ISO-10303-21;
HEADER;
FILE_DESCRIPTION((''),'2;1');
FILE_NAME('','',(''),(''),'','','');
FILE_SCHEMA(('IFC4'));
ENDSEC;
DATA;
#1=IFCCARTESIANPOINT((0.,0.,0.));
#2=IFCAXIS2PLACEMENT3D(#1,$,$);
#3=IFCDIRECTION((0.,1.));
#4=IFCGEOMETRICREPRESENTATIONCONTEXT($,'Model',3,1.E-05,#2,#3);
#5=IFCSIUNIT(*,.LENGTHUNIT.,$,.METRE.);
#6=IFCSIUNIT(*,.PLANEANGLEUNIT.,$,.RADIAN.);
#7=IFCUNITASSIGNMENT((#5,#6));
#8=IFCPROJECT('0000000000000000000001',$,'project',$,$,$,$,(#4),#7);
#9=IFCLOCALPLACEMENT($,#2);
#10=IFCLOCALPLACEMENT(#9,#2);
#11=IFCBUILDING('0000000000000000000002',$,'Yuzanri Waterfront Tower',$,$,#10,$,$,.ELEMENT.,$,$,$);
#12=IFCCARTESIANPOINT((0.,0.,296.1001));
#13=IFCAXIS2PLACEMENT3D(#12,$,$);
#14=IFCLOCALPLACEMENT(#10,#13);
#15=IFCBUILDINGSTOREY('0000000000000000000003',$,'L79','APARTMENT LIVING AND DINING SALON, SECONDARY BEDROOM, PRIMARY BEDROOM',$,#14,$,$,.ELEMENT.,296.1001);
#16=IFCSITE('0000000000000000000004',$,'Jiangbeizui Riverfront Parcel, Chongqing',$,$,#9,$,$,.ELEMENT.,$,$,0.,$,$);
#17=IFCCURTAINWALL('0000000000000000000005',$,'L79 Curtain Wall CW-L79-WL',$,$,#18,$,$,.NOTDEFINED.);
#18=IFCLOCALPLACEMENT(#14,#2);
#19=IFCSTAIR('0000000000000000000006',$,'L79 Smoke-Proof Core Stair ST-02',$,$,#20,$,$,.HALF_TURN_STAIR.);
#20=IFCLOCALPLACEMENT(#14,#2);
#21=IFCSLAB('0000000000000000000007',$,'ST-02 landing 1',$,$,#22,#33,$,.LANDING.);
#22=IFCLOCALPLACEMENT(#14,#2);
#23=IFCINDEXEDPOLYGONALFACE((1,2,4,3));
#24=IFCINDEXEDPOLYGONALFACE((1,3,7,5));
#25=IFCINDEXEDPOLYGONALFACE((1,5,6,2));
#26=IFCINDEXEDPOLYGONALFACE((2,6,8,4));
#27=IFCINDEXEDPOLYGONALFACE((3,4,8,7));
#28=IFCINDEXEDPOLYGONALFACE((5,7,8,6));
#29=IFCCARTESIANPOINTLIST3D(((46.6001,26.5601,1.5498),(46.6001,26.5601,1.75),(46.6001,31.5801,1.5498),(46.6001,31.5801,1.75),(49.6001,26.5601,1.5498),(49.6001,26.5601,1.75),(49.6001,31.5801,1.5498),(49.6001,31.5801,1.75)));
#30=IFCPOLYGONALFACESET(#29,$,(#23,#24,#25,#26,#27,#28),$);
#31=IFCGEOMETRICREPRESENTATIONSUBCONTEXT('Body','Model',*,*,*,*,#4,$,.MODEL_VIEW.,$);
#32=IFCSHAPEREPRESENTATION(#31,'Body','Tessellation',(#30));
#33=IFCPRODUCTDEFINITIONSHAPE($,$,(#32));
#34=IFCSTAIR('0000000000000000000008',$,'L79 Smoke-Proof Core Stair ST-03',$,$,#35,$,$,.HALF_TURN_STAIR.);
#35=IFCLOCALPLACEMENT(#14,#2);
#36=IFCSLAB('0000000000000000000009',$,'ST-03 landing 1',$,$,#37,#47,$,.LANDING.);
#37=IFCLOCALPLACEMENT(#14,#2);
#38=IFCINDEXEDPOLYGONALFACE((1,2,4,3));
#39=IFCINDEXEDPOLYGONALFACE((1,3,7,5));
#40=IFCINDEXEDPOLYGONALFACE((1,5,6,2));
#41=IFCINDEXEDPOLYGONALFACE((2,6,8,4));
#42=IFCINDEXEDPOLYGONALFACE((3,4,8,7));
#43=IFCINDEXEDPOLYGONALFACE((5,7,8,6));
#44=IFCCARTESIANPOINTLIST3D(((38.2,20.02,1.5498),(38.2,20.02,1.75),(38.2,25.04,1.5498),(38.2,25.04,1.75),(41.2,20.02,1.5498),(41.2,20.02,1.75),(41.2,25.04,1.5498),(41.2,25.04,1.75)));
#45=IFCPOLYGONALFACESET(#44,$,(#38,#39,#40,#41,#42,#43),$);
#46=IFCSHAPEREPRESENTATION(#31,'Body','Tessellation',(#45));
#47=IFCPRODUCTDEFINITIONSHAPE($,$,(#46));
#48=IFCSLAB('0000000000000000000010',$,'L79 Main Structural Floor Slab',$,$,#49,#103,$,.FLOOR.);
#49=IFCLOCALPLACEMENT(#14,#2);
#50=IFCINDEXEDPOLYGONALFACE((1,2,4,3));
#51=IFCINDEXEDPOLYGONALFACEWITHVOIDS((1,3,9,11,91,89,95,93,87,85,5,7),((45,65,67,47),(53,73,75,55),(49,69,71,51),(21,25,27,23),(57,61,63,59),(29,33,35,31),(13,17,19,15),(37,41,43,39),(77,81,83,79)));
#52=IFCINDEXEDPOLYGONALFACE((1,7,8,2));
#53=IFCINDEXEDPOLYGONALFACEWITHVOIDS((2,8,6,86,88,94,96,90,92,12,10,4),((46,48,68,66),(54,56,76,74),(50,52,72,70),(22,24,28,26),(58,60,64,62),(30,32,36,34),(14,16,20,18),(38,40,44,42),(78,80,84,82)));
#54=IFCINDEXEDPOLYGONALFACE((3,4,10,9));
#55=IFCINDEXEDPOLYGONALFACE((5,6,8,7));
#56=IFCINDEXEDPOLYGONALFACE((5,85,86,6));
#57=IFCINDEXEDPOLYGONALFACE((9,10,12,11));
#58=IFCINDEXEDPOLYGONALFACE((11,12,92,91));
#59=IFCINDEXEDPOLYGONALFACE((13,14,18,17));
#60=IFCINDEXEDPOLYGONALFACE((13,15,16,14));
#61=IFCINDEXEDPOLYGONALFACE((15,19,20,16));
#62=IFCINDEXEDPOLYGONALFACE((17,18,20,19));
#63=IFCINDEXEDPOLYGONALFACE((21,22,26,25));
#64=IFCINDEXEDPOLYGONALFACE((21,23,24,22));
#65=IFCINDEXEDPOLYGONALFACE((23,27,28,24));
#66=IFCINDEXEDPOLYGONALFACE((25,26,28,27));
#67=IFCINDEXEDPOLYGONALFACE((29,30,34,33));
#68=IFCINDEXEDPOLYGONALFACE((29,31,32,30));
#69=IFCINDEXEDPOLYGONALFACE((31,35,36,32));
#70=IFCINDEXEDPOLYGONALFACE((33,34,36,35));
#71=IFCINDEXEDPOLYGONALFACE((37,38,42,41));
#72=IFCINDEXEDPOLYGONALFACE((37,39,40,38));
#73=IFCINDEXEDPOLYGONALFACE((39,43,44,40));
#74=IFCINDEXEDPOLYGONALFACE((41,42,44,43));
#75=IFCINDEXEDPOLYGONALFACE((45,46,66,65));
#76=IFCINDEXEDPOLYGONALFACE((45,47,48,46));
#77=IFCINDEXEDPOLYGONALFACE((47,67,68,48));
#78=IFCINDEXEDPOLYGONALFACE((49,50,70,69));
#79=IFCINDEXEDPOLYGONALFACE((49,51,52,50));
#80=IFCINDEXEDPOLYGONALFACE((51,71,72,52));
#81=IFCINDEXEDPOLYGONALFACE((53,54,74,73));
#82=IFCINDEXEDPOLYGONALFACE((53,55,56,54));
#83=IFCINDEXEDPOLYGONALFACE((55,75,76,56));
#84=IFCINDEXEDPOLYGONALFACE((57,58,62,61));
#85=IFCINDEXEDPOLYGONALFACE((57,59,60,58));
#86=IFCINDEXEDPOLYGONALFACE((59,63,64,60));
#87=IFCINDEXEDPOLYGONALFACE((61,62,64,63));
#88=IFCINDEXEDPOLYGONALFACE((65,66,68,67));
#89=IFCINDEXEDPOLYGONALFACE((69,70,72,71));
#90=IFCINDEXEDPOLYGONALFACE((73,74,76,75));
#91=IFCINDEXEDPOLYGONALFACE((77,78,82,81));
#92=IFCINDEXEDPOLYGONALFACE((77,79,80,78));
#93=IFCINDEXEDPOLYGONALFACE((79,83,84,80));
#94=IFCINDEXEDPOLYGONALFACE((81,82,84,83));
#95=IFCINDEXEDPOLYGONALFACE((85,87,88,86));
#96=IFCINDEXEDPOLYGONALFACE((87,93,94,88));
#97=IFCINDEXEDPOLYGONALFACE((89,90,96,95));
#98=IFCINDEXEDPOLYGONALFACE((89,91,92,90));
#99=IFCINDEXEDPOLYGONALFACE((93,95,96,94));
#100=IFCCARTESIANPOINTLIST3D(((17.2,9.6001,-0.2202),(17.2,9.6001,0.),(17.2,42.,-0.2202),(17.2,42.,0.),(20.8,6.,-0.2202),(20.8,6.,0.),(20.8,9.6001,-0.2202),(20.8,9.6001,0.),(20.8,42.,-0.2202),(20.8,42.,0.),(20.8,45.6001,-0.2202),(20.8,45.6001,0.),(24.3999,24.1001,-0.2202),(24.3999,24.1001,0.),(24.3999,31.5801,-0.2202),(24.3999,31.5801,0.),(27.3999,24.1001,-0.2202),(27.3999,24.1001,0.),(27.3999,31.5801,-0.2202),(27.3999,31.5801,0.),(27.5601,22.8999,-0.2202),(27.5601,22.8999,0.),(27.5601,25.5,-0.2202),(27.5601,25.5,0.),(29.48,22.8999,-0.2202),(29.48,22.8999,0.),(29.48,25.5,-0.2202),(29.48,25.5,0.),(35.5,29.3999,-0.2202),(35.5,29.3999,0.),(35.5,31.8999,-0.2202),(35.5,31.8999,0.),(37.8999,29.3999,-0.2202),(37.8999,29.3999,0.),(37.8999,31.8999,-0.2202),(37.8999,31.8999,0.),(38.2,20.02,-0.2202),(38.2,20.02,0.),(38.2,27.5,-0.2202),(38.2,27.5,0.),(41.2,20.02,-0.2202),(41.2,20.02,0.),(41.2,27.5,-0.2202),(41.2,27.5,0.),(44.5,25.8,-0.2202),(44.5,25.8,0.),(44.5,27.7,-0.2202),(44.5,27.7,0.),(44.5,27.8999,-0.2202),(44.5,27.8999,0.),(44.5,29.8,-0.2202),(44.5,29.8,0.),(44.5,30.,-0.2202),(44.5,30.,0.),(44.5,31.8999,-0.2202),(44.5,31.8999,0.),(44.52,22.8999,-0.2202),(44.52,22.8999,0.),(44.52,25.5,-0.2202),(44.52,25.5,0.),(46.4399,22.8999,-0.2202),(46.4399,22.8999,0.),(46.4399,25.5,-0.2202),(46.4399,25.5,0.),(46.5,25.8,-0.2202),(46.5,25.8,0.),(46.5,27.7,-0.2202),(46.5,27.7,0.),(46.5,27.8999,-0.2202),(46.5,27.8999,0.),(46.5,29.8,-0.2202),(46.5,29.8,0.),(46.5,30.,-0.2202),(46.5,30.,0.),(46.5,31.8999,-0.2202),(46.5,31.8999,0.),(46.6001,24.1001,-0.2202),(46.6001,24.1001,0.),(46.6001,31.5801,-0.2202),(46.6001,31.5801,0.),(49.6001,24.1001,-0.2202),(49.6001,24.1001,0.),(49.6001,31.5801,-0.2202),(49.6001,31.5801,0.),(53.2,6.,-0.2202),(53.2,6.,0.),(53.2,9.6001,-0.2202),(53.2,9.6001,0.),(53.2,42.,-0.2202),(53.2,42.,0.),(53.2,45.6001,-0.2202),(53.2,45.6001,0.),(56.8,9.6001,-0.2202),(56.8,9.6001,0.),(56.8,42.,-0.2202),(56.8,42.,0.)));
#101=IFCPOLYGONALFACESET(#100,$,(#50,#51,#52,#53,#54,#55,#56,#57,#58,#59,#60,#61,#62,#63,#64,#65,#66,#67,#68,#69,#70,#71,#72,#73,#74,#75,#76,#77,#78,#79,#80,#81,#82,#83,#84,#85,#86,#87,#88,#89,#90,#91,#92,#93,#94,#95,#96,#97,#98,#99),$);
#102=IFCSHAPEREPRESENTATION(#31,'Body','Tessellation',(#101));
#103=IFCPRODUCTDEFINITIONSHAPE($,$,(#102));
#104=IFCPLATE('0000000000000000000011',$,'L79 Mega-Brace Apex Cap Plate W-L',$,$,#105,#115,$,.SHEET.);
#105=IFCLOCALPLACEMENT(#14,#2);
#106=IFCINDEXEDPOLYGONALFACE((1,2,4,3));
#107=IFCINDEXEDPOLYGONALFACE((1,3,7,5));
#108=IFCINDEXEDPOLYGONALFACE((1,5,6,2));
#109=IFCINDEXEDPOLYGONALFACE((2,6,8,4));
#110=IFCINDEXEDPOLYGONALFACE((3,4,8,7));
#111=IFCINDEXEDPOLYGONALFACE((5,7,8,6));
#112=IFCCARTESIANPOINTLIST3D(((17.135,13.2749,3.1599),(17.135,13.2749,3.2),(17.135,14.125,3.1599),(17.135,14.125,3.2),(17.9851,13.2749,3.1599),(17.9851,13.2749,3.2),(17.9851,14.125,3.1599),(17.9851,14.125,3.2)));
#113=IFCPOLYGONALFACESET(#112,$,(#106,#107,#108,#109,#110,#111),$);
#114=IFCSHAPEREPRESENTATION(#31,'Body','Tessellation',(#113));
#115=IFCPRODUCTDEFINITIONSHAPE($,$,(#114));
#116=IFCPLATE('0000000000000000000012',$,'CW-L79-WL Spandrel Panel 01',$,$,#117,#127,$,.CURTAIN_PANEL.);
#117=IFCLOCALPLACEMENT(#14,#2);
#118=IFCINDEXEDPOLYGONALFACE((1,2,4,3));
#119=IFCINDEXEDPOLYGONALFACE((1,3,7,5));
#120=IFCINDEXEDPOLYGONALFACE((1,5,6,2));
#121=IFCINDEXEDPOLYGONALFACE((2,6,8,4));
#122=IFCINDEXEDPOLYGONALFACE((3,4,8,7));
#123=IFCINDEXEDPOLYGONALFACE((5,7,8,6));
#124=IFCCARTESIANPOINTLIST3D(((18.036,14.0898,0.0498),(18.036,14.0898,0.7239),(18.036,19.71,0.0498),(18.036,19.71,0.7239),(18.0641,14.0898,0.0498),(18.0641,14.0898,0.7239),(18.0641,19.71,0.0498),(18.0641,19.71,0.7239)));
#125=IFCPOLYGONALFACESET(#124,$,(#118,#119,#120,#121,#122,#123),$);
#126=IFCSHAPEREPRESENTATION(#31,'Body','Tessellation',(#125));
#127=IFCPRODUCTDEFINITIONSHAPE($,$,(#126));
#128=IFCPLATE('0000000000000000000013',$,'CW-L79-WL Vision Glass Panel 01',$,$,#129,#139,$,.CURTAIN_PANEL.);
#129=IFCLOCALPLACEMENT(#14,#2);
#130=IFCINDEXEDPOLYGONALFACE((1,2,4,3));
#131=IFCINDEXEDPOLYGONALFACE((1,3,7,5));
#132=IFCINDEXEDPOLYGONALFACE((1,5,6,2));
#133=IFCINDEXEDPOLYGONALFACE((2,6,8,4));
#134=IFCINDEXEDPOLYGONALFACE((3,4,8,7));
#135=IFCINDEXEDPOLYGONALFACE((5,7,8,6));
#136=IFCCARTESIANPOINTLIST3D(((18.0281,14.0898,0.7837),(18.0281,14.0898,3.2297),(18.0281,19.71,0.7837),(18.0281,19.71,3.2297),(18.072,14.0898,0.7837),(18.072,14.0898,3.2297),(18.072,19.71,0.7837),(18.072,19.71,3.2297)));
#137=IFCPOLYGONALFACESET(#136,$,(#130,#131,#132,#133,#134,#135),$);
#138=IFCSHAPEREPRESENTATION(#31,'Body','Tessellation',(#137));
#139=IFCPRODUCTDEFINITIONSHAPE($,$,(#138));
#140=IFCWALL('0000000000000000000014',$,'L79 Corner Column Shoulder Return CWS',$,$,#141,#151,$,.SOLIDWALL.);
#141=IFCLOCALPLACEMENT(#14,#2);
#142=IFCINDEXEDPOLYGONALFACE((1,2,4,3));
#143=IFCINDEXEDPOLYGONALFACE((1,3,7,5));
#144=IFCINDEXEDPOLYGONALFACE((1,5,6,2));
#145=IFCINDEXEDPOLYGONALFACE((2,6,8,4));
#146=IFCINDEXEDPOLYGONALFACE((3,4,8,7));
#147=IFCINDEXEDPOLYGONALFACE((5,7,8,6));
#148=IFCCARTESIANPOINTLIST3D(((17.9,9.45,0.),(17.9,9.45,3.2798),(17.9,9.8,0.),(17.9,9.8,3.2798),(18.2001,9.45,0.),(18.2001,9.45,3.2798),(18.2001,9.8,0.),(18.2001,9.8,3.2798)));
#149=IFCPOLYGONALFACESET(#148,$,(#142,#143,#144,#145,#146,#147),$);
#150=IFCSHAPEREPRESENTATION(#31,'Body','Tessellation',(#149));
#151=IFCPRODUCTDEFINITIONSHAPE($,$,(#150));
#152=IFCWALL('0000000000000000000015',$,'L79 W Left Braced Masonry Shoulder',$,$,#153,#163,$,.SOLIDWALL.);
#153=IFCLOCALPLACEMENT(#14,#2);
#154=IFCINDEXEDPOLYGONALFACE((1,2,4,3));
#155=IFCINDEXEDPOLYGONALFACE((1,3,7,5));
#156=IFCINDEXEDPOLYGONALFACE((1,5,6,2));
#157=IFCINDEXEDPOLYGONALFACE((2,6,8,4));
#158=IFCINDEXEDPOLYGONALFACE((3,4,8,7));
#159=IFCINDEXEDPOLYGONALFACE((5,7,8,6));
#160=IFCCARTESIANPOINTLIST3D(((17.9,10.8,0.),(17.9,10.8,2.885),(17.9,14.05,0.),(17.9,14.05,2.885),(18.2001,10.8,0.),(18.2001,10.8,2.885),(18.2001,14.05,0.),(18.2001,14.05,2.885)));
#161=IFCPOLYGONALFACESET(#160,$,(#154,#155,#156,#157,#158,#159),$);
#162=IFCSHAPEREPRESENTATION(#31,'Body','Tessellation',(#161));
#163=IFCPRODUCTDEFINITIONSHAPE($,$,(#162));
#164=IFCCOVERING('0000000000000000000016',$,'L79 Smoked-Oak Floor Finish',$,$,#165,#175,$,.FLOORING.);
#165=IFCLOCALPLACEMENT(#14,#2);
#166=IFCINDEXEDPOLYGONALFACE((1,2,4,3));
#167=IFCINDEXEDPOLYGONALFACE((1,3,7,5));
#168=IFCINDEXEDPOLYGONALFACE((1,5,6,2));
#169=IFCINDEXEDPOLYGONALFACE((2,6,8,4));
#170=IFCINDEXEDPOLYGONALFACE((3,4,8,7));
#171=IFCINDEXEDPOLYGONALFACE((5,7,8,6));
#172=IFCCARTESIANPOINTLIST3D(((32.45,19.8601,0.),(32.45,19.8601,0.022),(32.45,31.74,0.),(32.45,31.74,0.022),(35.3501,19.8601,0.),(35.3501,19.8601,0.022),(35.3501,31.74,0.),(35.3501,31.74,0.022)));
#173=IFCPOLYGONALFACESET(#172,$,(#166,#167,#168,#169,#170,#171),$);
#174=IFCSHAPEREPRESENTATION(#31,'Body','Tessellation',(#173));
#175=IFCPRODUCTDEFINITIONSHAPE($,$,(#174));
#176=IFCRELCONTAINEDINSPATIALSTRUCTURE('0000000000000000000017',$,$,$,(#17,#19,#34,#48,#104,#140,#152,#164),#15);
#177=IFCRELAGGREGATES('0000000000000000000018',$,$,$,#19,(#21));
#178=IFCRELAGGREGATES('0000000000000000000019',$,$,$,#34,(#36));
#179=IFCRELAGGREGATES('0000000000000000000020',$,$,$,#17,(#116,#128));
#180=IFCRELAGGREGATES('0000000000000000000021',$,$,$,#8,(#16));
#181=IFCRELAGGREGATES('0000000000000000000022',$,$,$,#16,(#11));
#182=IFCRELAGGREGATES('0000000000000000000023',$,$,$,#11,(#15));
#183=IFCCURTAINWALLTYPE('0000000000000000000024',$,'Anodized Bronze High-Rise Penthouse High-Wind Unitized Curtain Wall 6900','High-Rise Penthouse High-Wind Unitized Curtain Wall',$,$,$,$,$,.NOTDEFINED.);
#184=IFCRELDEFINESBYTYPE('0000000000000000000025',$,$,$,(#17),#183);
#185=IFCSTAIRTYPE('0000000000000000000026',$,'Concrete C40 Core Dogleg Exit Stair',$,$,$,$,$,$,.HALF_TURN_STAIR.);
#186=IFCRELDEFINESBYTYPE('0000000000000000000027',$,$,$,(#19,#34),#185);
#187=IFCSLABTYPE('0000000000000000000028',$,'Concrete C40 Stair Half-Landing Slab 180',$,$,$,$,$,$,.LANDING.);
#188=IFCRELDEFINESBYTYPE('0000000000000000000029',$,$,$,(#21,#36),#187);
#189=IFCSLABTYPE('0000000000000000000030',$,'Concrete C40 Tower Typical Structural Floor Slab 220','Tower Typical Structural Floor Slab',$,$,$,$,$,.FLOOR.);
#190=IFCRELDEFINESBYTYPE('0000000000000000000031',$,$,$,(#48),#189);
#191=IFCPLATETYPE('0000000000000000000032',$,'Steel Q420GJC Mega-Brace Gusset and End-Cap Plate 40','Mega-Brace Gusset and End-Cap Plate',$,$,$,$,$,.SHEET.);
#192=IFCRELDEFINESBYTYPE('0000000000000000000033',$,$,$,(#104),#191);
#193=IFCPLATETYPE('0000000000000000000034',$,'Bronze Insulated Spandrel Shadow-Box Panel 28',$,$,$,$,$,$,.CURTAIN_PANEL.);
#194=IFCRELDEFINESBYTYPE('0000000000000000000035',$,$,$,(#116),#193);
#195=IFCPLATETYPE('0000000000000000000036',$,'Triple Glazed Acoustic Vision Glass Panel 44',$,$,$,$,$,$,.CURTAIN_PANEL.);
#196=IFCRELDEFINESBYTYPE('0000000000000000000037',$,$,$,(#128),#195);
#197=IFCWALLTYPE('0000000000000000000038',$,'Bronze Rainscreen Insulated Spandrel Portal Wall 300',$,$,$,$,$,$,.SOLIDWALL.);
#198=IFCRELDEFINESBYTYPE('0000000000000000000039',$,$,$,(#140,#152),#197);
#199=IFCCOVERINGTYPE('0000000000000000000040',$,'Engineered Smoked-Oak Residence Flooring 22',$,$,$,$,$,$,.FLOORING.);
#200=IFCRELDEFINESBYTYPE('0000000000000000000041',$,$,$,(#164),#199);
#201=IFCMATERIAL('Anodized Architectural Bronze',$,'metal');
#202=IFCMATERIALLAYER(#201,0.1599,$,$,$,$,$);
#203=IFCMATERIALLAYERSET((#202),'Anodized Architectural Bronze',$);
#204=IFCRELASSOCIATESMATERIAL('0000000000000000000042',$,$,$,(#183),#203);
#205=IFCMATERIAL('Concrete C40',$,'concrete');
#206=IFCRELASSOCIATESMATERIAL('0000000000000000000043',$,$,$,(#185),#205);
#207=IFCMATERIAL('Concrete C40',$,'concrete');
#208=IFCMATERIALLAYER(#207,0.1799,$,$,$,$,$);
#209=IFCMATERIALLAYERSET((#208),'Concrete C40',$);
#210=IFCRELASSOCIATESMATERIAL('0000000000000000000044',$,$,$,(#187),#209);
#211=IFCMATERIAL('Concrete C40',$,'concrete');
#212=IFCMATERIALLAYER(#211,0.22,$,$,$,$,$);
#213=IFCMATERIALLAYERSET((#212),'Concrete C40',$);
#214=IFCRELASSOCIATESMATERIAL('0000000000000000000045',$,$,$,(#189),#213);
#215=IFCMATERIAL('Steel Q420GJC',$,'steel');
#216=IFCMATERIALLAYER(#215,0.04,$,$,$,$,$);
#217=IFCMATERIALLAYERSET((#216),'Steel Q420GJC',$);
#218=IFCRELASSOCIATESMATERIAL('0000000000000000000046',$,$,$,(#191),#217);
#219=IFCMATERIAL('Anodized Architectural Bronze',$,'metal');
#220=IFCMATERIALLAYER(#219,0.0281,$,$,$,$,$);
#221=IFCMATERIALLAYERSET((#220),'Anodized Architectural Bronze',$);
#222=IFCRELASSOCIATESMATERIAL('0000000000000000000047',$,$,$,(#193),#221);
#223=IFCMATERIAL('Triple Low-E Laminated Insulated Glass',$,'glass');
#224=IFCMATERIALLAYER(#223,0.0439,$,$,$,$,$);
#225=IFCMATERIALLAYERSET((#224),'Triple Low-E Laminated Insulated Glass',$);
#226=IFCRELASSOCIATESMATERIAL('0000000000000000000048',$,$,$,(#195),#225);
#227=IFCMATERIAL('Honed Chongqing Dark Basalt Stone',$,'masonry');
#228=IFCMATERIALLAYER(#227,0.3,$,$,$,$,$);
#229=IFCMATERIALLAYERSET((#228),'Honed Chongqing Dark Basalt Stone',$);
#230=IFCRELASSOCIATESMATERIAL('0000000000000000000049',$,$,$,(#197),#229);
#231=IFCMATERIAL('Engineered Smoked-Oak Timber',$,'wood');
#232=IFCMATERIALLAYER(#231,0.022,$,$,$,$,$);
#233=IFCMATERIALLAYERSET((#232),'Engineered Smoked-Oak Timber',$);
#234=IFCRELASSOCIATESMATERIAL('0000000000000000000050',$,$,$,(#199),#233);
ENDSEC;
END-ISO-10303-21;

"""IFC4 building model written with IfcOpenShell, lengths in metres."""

from ifc_helpers import new_model, si_unit, direction, frame, frame_2d, origin, origin_2d, place, context, subcontext, project, spatial, polyline, rectangle, outline, extrude, source, transform, mapped, material, layer, layer_set, type_object, element, aggregate, save


model = new_model("IFC4")

# Units and contexts
model_context = context("Model", 3, precision=1e-05, world=origin(), true_north=direction((0.0, 1.0)))
body_context = subcontext(model_context, "Body", "Model", "MODEL_VIEW")
ifc_project = project(units=[si_unit("LENGTHUNIT", "METRE"), si_unit("PLANEANGLEUNIT", "RADIAN")], contexts=[model_context])

# Site, building, storey
site_placement = place(None, origin())
site = spatial("IfcSite", under=ifc_project, at=site_placement, Name="Jiangbeizui Riverfront Parcel, Chongqing", CompositionType="ELEMENT", RefElevation=0.0)
building_placement = place(site_placement, origin())
building = spatial("IfcBuilding", under=site, at=building_placement, Name="Yuzanri Waterfront Tower", CompositionType="ELEMENT")
storey_placement = place(building_placement, frame((0.0, 0.0, 296.1001)))
storey = spatial("IfcBuildingStorey", under=building, at=storey_placement, Name="L79", Description="APARTMENT LIVING AND DINING SALON, SECONDARY BEDROOM, PRIMARY BEDROOM", CompositionType="ELEMENT", Elevation=296.1001)

# Curtain wall
ifc_material_1 = material(Name="Anodized Architectural Bronze", Category="metal")
ifc_layer_1 = layer(ifc_material_1, 0.1599)
ifc_layer_set_1 = layer_set([ifc_layer_1], Name="Anodized Architectural Bronze")
curtain_wall_type = type_object("IfcCurtainWallType", Name="Anodized Bronze High-Rise Penthouse High-Wind Unitized Curtain Wall 6900", Description="High-Rise Penthouse High-Wind Unitized Curtain Wall", PredefinedType="NOTDEFINED", material=ifc_layer_set_1)
curtain_wall_placement = place(storey_placement, origin())
curtain_wall = element("IfcCurtainWall", 1, at=curtain_wall_placement, inside=storey, type_object=curtain_wall_type, Name="L79 Curtain Wall CW-L79-WL", PredefinedType="NOTDEFINED")

# Stairs, slabs
ifc_material_2 = material(Name="Concrete C40", Category="concrete")
stair_type = type_object("IfcStairType", Name="Concrete C40 Core Dogleg Exit Stair", PredefinedType="HALF_TURN_STAIR", material=ifc_material_2)
ifc_material_3 = material(Name="Concrete C40", Category="concrete")
ifc_layer_2 = layer(ifc_material_3, 0.1799)
ifc_layer_set_2 = layer_set([ifc_layer_2], Name="Concrete C40")
slab_type_1 = type_object("IfcSlabType", Name="Concrete C40 Stair Half-Landing Slab 180", PredefinedType="LANDING", material=ifc_layer_set_2)
stair_1_placement = place(storey_placement, origin())
stair_1 = element("IfcStair", 2, at=stair_1_placement, inside=storey, type_object=stair_type, Name="L79 Smoke-Proof Core Stair ST-02", PredefinedType="HALF_TURN_STAIR")
slab_1_placement = place(storey_placement, frame((0.0, 0.0, 1.5498)))
slab_1 = element("IfcSlab", 3, at=slab_1_placement, type_object=slab_type_1, Name="ST-02 landing 1", PredefinedType="LANDING", context=body_context, shape_type="SweptSolid", body=[
    extrude(outline(polyline([(49.6001, 26.5601), (49.6001, 31.5801), (46.6001, 31.5801), (46.6001, 26.5601), (49.6001, 26.5601)])), origin(), (0.0, 0.0, 1.0), 0.2002),
])
aggregate(stair_1, [slab_1])
stair_2_placement = place(storey_placement, origin())
stair_2 = element("IfcStair", 4, at=stair_2_placement, inside=storey, type_object=stair_type, Name="L79 Smoke-Proof Core Stair ST-03", PredefinedType="HALF_TURN_STAIR")
slab_2_placement = place(storey_placement, frame((0.0, 0.0, 1.5498)))
slab_2 = element("IfcSlab", 5, at=slab_2_placement, type_object=slab_type_1, Name="ST-03 landing 1", PredefinedType="LANDING", context=body_context, shape_type="SweptSolid", body=[
    extrude(outline(polyline([(38.2, 25.04), (38.2, 20.02), (41.2, 20.02), (41.2, 25.04), (38.2, 25.04)])), origin(), (0.0, 0.0, 1.0), 0.2002),
])
aggregate(stair_2, [slab_2])

# Slab
ifc_material_4 = material(Name="Concrete C40", Category="concrete")
ifc_layer_3 = layer(ifc_material_4, 0.22)
ifc_layer_set_3 = layer_set([ifc_layer_3], Name="Concrete C40")
slab_type_2 = type_object("IfcSlabType", Name="Concrete C40 Tower Typical Structural Floor Slab 220", Description="Tower Typical Structural Floor Slab", PredefinedType="FLOOR", material=ifc_layer_set_3)
slab_3_placement = place(storey_placement, frame((0.0, 0.0, -0.2202)))
element("IfcSlab", 6, at=slab_3_placement, inside=storey, type_object=slab_type_2, Name="L79 Main Structural Floor Slab", PredefinedType="FLOOR", context=body_context, shape_type="SweptSolid", body=[
    extrude(outline(polyline([(20.8, 6.0), (53.2, 6.0), (53.2, 9.6001), (56.8, 9.6001), (56.8, 42.0), (53.2, 42.0), (53.2, 45.6001), (20.8, 45.6001), (20.8, 42.0), (17.2, 42.0), (17.2, 9.6001), (20.8, 9.6001), (20.8, 6.0)]), holes=[polyline([(27.3999, 24.1001), (27.3999, 31.5801), (24.3999, 31.5801), (24.3999, 24.1001), (27.3999, 24.1001)]), polyline([(49.6001, 24.1001), (49.6001, 31.5801), (46.6001, 31.5801), (46.6001, 24.1001), (49.6001, 24.1001)]), polyline([(38.2, 27.5), (38.2, 20.02), (41.2, 20.02), (41.2, 27.5), (38.2, 27.5)]), polyline([(27.5601, 22.8999), (29.48, 22.8999), (29.48, 25.5), (27.5601, 25.5), (27.5601, 22.8999)]), polyline([(44.52, 22.8999), (46.4399, 22.8999), (46.4399, 25.5), (44.52, 25.5), (44.52, 22.8999)]), polyline([(35.5, 29.3999), (37.8999, 29.3999), (37.8999, 31.8999), (35.5, 31.8999), (35.5, 29.3999)]), polyline([(44.5, 25.8), (46.5, 25.8), (46.5, 27.7), (44.5, 27.7), (44.5, 25.8)]), polyline([(44.5, 27.8999), (46.5, 27.8999), (46.5, 29.8), (44.5, 29.8), (44.5, 27.8999)]), polyline([(44.5, 30.0), (46.5, 30.0), (46.5, 31.8999), (44.5, 31.8999), (44.5, 30.0)])]), origin(), (0.0, 0.0, 1.0), 0.2202),
])

# Plates
ifc_material_5 = material(Name="Steel Q420GJC", Category="steel")
ifc_layer_4 = layer(ifc_material_5, 0.04)
ifc_layer_set_4 = layer_set([ifc_layer_4], Name="Steel Q420GJC")
plate_type_1 = type_object("IfcPlateType", Name="Steel Q420GJC Mega-Brace Gusset and End-Cap Plate 40", Description="Mega-Brace Gusset and End-Cap Plate", PredefinedType="SHEET", material=ifc_layer_set_4)
shared_shape_1 = source(origin(), body_context, "Body", "SweptSolid", [
    extrude(rectangle(XDim=0.8501, YDim=0.8501, at=origin_2d()), origin(), (0.0, 0.0, 1.0), 0.04),
])
plate_1_placement = place(storey_placement, frame((17.5601, 13.7, 3.1599), z_axis=(0.0, 0.0, 1.0), x_axis=(1.0, 0.0, 0.0)))
element("IfcPlate", 7, at=plate_1_placement, inside=storey, type_object=plate_type_1, Name="L79 Mega-Brace Apex Cap Plate W-L", PredefinedType="SHEET", context=body_context, shape_type="MappedRepresentation", body=[
    mapped(shared_shape_1, transform((0.0, 0.0, 0.0), scale=1.0)),
])
ifc_material_6 = material(Name="Anodized Architectural Bronze", Category="metal")
ifc_layer_5 = layer(ifc_material_6, 0.0281)
ifc_layer_set_5 = layer_set([ifc_layer_5], Name="Anodized Architectural Bronze")
plate_type_2 = type_object("IfcPlateType", Name="Bronze Insulated Spandrel Shadow-Box Panel 28", PredefinedType="CURTAIN_PANEL", material=ifc_layer_set_5)
shared_shape_2 = source(origin(), body_context, "Body", "SweptSolid", [
    extrude(rectangle(XDim=5.6201, YDim=0.0281, at=origin_2d()), origin(), (0.0, 0.0, 1.0), 0.6741),
])
plate_2_placement = place(storey_placement, frame((18.05, 16.8999, 0.0498), z_axis=(0.0, 0.0, 1.0), x_axis=(0.0, 1.0, 0.0)))
plate_2 = element("IfcPlate", 8, at=plate_2_placement, type_object=plate_type_2, Name="CW-L79-WL Spandrel Panel 01", PredefinedType="CURTAIN_PANEL", context=body_context, shape_type="MappedRepresentation", body=[
    mapped(shared_shape_2, transform((0.0, 0.0, 0.0), scale=1.0)),
])
ifc_material_7 = material(Name="Triple Low-E Laminated Insulated Glass", Category="glass")
ifc_layer_6 = layer(ifc_material_7, 0.0439)
ifc_layer_set_6 = layer_set([ifc_layer_6], Name="Triple Low-E Laminated Insulated Glass")
plate_type_3 = type_object("IfcPlateType", Name="Triple Glazed Acoustic Vision Glass Panel 44", PredefinedType="CURTAIN_PANEL", material=ifc_layer_set_6)
shared_shape_3 = source(origin(), body_context, "Body", "SweptSolid", [
    extrude(rectangle(XDim=5.6201, YDim=0.0439, at=origin_2d()), origin(), (0.0, 0.0, 1.0), 2.446),
])
plate_3_placement = place(storey_placement, frame((18.05, 16.8999, 0.7837), z_axis=(0.0, 0.0, 1.0), x_axis=(0.0, 1.0, 0.0)))
plate_3 = element("IfcPlate", 9, at=plate_3_placement, type_object=plate_type_3, Name="CW-L79-WL Vision Glass Panel 01", PredefinedType="CURTAIN_PANEL", context=body_context, shape_type="MappedRepresentation", body=[
    mapped(shared_shape_3, transform((0.0, 0.0, 0.0), scale=1.0)),
])
aggregate(curtain_wall, [plate_2, plate_3])

# Walls
ifc_material_8 = material(Name="Honed Chongqing Dark Basalt Stone", Category="masonry")
ifc_layer_7 = layer(ifc_material_8, 0.3)
ifc_layer_set_7 = layer_set([ifc_layer_7], Name="Honed Chongqing Dark Basalt Stone")
wall_type = type_object("IfcWallType", Name="Bronze Rainscreen Insulated Spandrel Portal Wall 300", PredefinedType="SOLIDWALL", material=ifc_layer_set_7)
shared_shape_4 = source(origin(), body_context, "Body", "SweptSolid", [
    extrude(rectangle(XDim=0.3501, YDim=0.3, at=frame_2d((0.175, 0.0))), origin(), (0.0, 0.0, 1.0), 3.2798),
])
wall_1_placement = place(storey_placement, frame((18.05, 9.45, 0.0), z_axis=(0.0, 0.0, 1.0), x_axis=(0.0, 1.0, 0.0)))
element("IfcWall", 10, at=wall_1_placement, inside=storey, type_object=wall_type, Name="L79 Corner Column Shoulder Return CWS", PredefinedType="SOLIDWALL", context=body_context, shape_type="MappedRepresentation", body=[
    mapped(shared_shape_4, transform((0.0, 0.0, 0.0), scale=1.0)),
])
shared_shape_5 = source(origin(), body_context, "Body", "SweptSolid", [
    extrude(rectangle(XDim=3.25, YDim=0.3, at=frame_2d((1.625, 0.0))), origin(), (0.0, 0.0, 1.0), 2.885),
])
wall_2_placement = place(storey_placement, frame((18.05, 10.8, 0.0), z_axis=(0.0, 0.0, 1.0), x_axis=(0.0, 1.0, 0.0)))
element("IfcWall", 11, at=wall_2_placement, inside=storey, type_object=wall_type, Name="L79 W Left Braced Masonry Shoulder", PredefinedType="SOLIDWALL", context=body_context, shape_type="MappedRepresentation", body=[
    mapped(shared_shape_5, transform((0.0, 0.0, 0.0), scale=1.0)),
])

# Covering
ifc_material_9 = material(Name="Engineered Smoked-Oak Timber", Category="wood")
ifc_layer_8 = layer(ifc_material_9, 0.022)
ifc_layer_set_8 = layer_set([ifc_layer_8], Name="Engineered Smoked-Oak Timber")
covering_type_1 = type_object("IfcCoveringType", Name="Engineered Smoked-Oak Residence Flooring 22", PredefinedType="FLOORING", material=ifc_layer_set_8)
covering_1_placement = place(storey_placement, origin())
element("IfcCovering", 12, at=covering_1_placement, inside=storey, type_object=covering_type_1, Name="L79 Smoked-Oak Floor Finish", PredefinedType="FLOORING", context=body_context, shape_type="SweptSolid", body=[
    extrude(outline(polyline([(32.45, 19.8601), (35.3501, 19.8601), (35.3501, 31.74), (32.45, 31.74), (32.45, 19.8601)])), origin(), (0.0, 0.0, 1.0), 0.022),
])

save(model, "model.ifc")
